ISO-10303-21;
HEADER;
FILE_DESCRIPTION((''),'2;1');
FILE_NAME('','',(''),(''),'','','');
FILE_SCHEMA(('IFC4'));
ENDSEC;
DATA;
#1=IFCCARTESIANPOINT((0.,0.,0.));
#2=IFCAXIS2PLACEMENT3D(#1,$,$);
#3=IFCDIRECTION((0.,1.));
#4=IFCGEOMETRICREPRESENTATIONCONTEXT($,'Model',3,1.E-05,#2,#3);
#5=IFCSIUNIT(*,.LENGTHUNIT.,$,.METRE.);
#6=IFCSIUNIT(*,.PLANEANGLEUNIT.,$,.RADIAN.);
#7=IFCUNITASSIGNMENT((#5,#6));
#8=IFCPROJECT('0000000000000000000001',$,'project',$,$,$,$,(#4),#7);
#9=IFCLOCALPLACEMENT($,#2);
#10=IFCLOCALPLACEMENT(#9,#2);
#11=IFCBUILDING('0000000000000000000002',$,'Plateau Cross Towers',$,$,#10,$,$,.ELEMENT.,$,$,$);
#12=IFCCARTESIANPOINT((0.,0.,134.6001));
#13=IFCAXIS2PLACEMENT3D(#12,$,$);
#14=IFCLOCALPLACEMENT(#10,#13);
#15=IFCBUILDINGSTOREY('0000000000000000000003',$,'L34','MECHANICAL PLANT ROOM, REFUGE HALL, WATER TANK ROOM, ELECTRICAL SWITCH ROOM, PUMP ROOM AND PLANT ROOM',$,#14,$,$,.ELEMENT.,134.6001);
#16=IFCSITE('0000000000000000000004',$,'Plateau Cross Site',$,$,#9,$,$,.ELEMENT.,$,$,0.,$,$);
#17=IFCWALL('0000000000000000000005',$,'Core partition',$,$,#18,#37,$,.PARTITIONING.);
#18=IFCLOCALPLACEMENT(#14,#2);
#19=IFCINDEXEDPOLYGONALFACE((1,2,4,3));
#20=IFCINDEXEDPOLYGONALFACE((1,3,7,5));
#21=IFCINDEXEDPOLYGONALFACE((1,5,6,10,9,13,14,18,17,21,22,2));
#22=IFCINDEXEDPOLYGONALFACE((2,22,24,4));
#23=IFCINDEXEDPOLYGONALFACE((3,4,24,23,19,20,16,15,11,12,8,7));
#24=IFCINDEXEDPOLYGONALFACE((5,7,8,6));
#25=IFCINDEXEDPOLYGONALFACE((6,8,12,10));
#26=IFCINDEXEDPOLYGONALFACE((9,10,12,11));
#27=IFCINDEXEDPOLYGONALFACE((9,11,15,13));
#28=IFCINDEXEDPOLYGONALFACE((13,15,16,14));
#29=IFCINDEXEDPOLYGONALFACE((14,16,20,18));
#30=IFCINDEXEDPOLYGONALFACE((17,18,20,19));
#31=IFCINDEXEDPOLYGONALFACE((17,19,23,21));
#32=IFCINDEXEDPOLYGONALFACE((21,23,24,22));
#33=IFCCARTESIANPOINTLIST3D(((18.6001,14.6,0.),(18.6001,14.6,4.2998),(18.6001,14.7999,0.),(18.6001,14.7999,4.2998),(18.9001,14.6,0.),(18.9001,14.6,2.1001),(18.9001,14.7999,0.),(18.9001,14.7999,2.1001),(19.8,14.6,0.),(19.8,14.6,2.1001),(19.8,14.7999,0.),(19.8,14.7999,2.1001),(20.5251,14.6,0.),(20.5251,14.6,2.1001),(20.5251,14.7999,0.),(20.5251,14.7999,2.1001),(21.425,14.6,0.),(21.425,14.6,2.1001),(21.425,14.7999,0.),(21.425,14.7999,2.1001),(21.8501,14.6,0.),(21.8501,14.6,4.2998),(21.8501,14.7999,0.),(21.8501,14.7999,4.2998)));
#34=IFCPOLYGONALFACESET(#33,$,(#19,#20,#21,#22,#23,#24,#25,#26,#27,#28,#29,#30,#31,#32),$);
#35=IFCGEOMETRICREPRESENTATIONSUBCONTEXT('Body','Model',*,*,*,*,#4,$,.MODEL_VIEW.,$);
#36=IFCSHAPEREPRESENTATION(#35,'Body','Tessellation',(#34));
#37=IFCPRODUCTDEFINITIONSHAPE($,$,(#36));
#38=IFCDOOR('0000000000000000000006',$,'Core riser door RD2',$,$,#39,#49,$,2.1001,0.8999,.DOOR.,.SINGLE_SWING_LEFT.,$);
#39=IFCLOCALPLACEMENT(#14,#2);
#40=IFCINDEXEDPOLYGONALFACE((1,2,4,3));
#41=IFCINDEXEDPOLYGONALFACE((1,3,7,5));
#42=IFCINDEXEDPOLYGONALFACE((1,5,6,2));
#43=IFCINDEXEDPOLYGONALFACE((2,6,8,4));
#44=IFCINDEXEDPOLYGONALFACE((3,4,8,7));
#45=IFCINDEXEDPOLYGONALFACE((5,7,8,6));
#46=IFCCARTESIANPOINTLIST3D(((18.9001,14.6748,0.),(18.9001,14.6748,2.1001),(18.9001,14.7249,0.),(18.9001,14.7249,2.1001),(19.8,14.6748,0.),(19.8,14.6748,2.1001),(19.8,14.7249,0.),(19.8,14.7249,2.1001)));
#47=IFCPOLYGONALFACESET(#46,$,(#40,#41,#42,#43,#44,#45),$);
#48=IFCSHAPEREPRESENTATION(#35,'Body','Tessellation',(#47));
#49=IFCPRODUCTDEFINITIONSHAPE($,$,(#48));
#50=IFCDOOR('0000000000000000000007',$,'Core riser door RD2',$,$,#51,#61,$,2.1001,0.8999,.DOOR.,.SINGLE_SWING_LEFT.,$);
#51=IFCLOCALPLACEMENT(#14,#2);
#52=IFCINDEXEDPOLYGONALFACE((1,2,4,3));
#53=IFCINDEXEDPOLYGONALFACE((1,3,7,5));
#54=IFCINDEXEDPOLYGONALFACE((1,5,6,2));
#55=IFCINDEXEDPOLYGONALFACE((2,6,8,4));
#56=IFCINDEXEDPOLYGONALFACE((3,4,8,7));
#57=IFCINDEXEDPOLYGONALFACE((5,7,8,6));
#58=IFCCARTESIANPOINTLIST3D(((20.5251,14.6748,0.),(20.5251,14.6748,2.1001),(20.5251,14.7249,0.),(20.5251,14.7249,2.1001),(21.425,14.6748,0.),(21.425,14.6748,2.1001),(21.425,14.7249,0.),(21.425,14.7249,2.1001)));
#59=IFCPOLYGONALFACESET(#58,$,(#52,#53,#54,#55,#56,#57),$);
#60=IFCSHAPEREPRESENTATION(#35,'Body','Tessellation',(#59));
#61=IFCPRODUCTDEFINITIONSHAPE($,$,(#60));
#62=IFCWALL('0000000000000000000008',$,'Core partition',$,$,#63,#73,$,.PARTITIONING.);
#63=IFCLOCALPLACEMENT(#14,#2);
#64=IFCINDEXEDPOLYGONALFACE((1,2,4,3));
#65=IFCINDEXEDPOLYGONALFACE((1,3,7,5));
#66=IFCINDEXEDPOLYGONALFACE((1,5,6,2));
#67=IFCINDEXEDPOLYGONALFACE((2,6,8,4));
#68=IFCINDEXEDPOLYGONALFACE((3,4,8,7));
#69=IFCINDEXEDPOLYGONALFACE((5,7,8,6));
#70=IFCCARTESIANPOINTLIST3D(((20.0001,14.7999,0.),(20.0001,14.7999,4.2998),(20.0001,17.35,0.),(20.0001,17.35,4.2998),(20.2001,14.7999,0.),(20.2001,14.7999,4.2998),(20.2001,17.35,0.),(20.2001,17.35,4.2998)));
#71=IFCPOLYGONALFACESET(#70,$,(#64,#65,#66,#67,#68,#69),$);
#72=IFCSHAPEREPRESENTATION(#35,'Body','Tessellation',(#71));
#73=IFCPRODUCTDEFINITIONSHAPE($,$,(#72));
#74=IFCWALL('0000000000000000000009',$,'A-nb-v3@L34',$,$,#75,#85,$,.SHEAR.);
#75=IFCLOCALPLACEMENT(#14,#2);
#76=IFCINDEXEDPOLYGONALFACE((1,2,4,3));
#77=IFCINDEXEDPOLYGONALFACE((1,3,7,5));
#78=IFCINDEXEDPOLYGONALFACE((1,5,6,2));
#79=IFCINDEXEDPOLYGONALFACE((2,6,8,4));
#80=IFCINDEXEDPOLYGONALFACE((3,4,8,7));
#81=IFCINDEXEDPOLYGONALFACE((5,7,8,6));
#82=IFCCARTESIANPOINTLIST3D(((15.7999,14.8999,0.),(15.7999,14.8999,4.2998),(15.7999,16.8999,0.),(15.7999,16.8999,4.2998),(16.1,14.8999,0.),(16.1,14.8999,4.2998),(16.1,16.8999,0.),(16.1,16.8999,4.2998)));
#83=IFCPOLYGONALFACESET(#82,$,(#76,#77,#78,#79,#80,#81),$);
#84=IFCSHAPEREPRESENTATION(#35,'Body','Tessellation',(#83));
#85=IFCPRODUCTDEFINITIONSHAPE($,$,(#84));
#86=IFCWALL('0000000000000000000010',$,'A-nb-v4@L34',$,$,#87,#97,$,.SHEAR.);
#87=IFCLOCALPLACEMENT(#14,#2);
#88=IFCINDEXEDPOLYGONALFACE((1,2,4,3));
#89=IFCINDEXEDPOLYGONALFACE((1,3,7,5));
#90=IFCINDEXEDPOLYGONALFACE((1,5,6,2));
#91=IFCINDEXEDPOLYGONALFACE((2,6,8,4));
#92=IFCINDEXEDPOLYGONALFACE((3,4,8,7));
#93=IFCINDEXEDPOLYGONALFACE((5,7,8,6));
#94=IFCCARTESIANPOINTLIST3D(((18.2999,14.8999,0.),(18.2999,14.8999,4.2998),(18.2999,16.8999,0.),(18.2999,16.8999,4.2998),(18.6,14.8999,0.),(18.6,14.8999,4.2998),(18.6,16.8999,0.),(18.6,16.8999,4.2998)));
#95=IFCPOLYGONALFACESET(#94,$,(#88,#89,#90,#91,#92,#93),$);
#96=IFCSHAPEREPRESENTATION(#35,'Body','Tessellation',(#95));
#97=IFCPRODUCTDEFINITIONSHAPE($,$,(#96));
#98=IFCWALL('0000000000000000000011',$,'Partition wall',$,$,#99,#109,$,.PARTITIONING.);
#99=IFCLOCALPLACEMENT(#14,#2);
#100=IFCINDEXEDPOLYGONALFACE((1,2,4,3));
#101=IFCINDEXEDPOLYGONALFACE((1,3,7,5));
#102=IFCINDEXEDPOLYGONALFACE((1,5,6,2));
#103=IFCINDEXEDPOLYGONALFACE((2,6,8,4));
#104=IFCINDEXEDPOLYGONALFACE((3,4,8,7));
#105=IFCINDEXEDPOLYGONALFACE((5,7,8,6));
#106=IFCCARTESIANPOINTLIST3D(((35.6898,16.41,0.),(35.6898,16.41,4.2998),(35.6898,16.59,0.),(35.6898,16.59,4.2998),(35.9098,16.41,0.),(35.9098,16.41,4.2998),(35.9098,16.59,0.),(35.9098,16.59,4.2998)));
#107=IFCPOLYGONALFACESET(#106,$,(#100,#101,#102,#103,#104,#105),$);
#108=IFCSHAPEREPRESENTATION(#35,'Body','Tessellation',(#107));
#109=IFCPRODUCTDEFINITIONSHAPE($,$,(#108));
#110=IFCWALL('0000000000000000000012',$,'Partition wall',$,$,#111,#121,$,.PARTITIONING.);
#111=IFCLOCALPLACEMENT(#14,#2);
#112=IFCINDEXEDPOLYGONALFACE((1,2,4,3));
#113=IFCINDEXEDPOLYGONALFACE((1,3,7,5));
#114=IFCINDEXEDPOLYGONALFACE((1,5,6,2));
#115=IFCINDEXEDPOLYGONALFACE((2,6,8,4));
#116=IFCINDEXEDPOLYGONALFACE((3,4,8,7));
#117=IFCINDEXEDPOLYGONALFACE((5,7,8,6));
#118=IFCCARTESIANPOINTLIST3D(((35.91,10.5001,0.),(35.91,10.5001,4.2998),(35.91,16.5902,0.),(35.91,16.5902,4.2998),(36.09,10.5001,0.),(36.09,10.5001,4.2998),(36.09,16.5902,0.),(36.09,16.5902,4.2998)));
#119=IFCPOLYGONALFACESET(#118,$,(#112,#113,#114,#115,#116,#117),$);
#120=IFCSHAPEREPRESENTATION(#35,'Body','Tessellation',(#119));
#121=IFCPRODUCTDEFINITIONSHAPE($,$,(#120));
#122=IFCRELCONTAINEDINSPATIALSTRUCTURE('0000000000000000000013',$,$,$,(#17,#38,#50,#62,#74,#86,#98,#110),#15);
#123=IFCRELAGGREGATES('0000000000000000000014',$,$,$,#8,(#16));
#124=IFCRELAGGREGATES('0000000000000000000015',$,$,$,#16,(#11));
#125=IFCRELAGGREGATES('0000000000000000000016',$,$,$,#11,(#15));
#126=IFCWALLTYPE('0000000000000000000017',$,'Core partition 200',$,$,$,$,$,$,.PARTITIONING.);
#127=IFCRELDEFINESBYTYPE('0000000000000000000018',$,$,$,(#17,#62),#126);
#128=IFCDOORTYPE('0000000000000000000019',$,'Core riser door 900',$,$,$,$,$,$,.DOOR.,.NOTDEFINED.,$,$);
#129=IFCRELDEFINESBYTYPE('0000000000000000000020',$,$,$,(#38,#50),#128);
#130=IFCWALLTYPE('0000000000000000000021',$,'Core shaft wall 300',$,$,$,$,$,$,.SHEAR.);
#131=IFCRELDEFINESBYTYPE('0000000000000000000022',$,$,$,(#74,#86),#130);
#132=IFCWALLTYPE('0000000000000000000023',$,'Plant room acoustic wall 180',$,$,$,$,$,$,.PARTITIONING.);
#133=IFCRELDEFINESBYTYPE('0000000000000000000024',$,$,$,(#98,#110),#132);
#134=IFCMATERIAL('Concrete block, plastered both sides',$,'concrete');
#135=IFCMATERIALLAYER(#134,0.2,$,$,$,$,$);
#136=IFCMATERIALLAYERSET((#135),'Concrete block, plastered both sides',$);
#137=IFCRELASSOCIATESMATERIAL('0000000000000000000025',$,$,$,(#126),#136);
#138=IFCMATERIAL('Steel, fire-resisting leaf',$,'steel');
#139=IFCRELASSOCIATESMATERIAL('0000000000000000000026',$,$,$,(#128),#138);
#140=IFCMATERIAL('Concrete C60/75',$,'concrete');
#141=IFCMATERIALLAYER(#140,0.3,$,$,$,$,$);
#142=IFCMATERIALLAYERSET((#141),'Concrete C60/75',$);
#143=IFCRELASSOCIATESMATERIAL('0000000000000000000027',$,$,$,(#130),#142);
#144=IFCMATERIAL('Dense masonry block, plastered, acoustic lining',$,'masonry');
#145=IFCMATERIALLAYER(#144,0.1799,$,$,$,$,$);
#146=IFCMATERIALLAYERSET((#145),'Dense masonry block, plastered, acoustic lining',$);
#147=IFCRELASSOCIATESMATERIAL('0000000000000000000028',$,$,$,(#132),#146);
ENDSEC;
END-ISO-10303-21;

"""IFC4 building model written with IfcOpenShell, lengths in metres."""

from ifc_helpers import new_model, si_unit, direction, frame, frame_2d, origin, place, context, subcontext, project, spatial, rectangle, extrude, material, layer, layer_set, type_object, element, fill, save


model = new_model("IFC4")

# Units and contexts
model_context = context("Model", 3, precision=1e-05, world=origin(), true_north=direction((0.0, 1.0)))
body_context = subcontext(model_context, "Body", "Model", "MODEL_VIEW")
ifc_project = project(units=[si_unit("LENGTHUNIT", "METRE"), si_unit("PLANEANGLEUNIT", "RADIAN")], contexts=[model_context])

# Site, building, storey
site_placement = place(None, origin())
site = spatial("IfcSite", under=ifc_project, at=site_placement, Name="Plateau Cross Site", CompositionType="ELEMENT", RefElevation=0.0)
building_placement = place(site_placement, origin())
building = spatial("IfcBuilding", under=site, at=building_placement, Name="Plateau Cross Towers", CompositionType="ELEMENT")
storey_placement = place(building_placement, frame((0.0, 0.0, 134.6001)))
storey = spatial("IfcBuildingStorey", under=building, at=storey_placement, Name="L34", Description="MECHANICAL PLANT ROOM, REFUGE HALL, WATER TANK ROOM, ELECTRICAL SWITCH ROOM, PUMP ROOM AND PLANT ROOM", CompositionType="ELEMENT", Elevation=134.6001)

# Shared definitions
ifc_material_1 = material(Name="Concrete C60/75", Category="concrete")

# Wall, openings, doors
ifc_material_2 = material(Name="Concrete block, plastered both sides", Category="concrete")
ifc_layer_1 = layer(ifc_material_2, 0.2)
ifc_layer_set_1 = layer_set([ifc_layer_1], Name="Concrete block, plastered both sides")
wall_type_1 = type_object("IfcWallType", Name="Core partition 200", PredefinedType="PARTITIONING", material=ifc_layer_set_1)
wall_1_placement = place(storey_placement, frame((18.6001, 14.7, 0.0), z_axis=(0.0, 0.0, 1.0), x_axis=(1.0, 0.0, 0.0)))
wall_1 = element("IfcWall", 1, at=wall_1_placement, inside=storey, type_object=wall_type_1, Name="Core partition", PredefinedType="PARTITIONING", context=body_context, shape_type="SweptSolid", body=[
    extrude(rectangle(XDim=3.25, YDim=0.2, at=frame_2d((1.625, 0.0))), origin(), (0.0, 0.0, 1.0), 4.2998),
])
opening_1_placement = place(wall_1_placement, frame((0.3, 0.0, 0.0)))
opening_1 = element("IfcOpeningElement", 2, at=opening_1_placement, cuts=wall_1, PredefinedType="OPENING", context=body_context, shape_type="SweptSolid", body=[
    extrude(rectangle(XDim=0.8999, YDim=2.1001, at=frame_2d((0.45, 1.05))), frame((0.0, 0.1099, 0.0), z_axis=(0.0, -1.0, 0.0), x_axis=(1.0, 0.0, 0.0)), (0.0, 0.0, 1.0), 0.22),
])
opening_2_placement = place(wall_1_placement, frame((1.925, 0.0, 0.0)))
opening_2 = element("IfcOpeningElement", 3, at=opening_2_placement, cuts=wall_1, PredefinedType="OPENING", context=body_context, shape_type="SweptSolid", body=[
    extrude(rectangle(XDim=0.8999, YDim=2.1001, at=frame_2d((0.45, 1.05))), frame((0.0, 0.1099, 0.0), z_axis=(0.0, -1.0, 0.0), x_axis=(1.0, 0.0, 0.0)), (0.0, 0.0, 1.0), 0.22),
])
ifc_material_3 = material(Name="Steel, fire-resisting leaf", Category="steel")
door_type_1 = type_object("IfcDoorType", Name="Core riser door 900", OperationType="NOTDEFINED", PredefinedType="DOOR", material=ifc_material_3)
door_1_placement = place(opening_1_placement, origin())
door_1 = element("IfcDoor", 4, at=door_1_placement, inside=storey, type_object=door_type_1, Name="Core riser door RD2", OperationType="SINGLE_SWING_LEFT", OverallHeight=2.1001, OverallWidth=0.8999, PredefinedType="DOOR", context=body_context, shape_type="SweptSolid", body=[
    extrude(rectangle(XDim=0.8999, YDim=2.1001, at=frame_2d((0.45, 1.05))), frame((0.0, 0.0249, 0.0), z_axis=(0.0, -1.0, 0.0), x_axis=(1.0, 0.0, 0.0)), (0.0, 0.0, 1.0), 0.05),
])
fill(opening_1, door_1)
door_2_placement = place(opening_2_placement, origin())
door_2 = element("IfcDoor", 5, at=door_2_placement, inside=storey, type_object=door_type_1, Name="Core riser door RD2", OperationType="SINGLE_SWING_LEFT", OverallHeight=2.1001, OverallWidth=0.8999, PredefinedType="DOOR", context=body_context, shape_type="SweptSolid", body=[
    extrude(rectangle(XDim=0.8999, YDim=2.1001, at=frame_2d((0.45, 1.05))), frame((0.0, 0.0249, 0.0), z_axis=(0.0, -1.0, 0.0), x_axis=(1.0, 0.0, 0.0)), (0.0, 0.0, 1.0), 0.05),
])
fill(opening_2, door_2)

# Walls
wall_2_placement = place(storey_placement, frame((20.1001, 14.8, 0.0), z_axis=(0.0, 0.0, 1.0), x_axis=(0.0, 1.0, 0.0)))
element("IfcWall", 6, at=wall_2_placement, inside=storey, type_object=wall_type_1, Name="Core partition", PredefinedType="PARTITIONING", context=body_context, shape_type="SweptSolid", body=[
    extrude(rectangle(XDim=2.55, YDim=0.2, at=frame_2d((1.2749, 0.0))), origin(), (0.0, 0.0, 1.0), 4.2998),
])
ifc_layer_2 = layer(ifc_material_1, 0.3)
ifc_layer_set_2 = layer_set([ifc_layer_2], Name="Concrete C60/75")
wall_type_2 = type_object("IfcWallType", Name="Core shaft wall 300", PredefinedType="SHEAR", material=ifc_layer_set_2)
for number, where, z_axis, x_axis, name in (
    (7, (15.95, 14.8999, 0.0), (0.0, 0.0, 1.0), (0.0, 1.0, 0.0), "A-nb-v3@L34"),
    (8, (18.45, 14.8999, 0.0), (0.0, 0.0, 1.0), (0.0, 1.0, 0.0), "A-nb-v4@L34"),
):
    element("IfcWall", number, at=place(storey_placement, frame(where, z_axis=z_axis, x_axis=x_axis)), inside=storey, type_object=wall_type_2, Name=name, PredefinedType="SHEAR", context=body_context, shape_type="SweptSolid", body=[
        extrude(rectangle(XDim=2.0, YDim=0.3, at=frame_2d((1.0, 0.0))), origin(), (0.0, 0.0, 1.0), 4.2998),
    ])
ifc_material_4 = material(Name="Dense masonry block, plastered, acoustic lining", Category="masonry")
ifc_layer_3 = layer(ifc_material_4, 0.1799)
ifc_layer_set_3 = layer_set([ifc_layer_3], Name="Dense masonry block, plastered, acoustic lining")
wall_type_3 = type_object("IfcWallType", Name="Plant room acoustic wall 180", PredefinedType="PARTITIONING", material=ifc_layer_set_3)
wall_3_placement = place(storey_placement, frame((35.6899, 16.5, 0.0), z_axis=(0.0, 0.0, 1.0), x_axis=(1.0, 0.0, 0.0)))
element("IfcWall", 9, at=wall_3_placement, inside=storey, type_object=wall_type_3, Name="Partition wall", PredefinedType="PARTITIONING", context=body_context, shape_type="SweptSolid", body=[
    extrude(rectangle(XDim=0.22, YDim=0.1799, at=frame_2d((0.1099, 0.0))), origin(), (0.0, 0.0, 1.0), 4.2998),
])
wall_4_placement = place(storey_placement, frame((36.0, 16.5901, 0.0), z_axis=(0.0, 0.0, 1.0), x_axis=(0.0, -1.0, 0.0)))
element("IfcWall", 10, at=wall_4_placement, inside=storey, type_object=wall_type_3, Name="Partition wall", PredefinedType="PARTITIONING", context=body_context, shape_type="SweptSolid", body=[
    extrude(rectangle(XDim=6.0901, YDim=0.1799, at=frame_2d((3.0449, 0.0))), origin(), (0.0, 0.0, 1.0), 4.2998),
])

save(model, "model.ifc")
